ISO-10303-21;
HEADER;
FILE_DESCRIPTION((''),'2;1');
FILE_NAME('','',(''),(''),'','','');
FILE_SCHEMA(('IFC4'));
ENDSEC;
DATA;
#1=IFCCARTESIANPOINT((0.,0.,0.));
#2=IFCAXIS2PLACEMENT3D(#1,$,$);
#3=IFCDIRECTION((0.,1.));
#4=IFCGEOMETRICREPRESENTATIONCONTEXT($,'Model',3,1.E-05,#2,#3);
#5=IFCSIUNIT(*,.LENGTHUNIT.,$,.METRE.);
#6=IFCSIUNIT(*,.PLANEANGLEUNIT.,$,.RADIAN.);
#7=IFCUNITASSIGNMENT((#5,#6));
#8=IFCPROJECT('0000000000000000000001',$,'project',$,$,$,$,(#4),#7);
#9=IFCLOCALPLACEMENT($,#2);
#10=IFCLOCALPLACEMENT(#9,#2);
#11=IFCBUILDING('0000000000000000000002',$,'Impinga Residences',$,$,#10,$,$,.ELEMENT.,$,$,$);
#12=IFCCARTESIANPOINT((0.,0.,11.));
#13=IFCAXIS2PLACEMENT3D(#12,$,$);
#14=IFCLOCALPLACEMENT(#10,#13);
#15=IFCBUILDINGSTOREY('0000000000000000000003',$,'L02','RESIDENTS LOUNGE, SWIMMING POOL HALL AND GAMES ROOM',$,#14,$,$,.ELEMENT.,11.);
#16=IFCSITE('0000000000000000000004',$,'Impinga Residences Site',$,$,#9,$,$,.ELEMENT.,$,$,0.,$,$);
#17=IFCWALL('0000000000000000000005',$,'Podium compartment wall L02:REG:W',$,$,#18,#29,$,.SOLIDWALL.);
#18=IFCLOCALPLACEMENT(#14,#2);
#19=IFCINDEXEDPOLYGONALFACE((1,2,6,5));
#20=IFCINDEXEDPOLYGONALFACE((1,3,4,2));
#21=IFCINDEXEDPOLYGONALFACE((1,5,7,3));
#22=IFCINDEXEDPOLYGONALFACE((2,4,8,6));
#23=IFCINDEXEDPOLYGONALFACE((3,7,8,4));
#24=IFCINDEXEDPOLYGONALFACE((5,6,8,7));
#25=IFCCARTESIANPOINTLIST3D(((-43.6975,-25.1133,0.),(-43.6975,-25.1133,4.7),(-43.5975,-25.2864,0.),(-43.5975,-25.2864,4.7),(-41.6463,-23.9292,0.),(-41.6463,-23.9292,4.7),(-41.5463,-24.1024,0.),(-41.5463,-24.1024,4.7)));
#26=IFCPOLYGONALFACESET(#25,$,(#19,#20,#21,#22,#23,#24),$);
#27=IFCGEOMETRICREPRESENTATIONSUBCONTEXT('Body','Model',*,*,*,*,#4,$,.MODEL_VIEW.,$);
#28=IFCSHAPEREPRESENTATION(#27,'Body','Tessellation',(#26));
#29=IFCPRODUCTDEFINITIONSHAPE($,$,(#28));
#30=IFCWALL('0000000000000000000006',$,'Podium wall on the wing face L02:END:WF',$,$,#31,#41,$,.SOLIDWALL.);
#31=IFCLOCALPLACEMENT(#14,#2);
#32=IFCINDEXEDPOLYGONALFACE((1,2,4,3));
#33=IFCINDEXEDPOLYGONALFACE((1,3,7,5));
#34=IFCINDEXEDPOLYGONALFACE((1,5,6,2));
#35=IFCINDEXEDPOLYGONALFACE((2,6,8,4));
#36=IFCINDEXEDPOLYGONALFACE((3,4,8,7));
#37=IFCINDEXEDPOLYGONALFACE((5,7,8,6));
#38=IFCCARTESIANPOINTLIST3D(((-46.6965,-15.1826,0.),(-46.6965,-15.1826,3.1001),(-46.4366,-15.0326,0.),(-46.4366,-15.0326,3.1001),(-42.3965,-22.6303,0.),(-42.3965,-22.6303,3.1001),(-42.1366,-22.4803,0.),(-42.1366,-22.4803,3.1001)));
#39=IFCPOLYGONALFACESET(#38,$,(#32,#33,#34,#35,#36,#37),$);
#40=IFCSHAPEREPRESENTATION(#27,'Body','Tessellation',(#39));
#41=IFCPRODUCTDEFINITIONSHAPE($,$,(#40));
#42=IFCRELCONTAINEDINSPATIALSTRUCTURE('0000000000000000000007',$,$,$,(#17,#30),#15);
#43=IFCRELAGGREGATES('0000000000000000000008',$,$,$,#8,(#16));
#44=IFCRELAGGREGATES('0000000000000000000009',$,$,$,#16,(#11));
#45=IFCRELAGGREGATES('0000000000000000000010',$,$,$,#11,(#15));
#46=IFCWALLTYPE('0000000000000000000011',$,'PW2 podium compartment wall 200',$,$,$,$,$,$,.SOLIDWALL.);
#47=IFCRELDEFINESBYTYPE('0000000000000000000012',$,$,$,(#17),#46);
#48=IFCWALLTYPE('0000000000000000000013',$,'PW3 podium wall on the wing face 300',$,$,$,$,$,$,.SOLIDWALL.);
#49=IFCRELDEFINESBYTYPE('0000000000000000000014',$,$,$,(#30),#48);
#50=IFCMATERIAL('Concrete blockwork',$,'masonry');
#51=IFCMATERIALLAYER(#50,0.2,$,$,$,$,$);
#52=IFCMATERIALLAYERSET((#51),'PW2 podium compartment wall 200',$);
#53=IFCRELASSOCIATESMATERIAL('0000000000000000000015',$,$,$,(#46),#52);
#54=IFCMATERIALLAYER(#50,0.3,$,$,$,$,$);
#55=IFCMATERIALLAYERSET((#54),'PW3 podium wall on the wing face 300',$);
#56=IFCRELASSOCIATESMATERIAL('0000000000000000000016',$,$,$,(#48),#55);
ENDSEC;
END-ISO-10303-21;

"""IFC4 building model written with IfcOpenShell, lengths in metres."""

from ifc_helpers import new_model, si_unit, direction, frame, frame_2d, origin, place, context, subcontext, project, spatial, rectangle, extrude, material, layer, layer_set, type_object, element, save


model = new_model("IFC4")

# Units and contexts
model_context = context("Model", 3, precision=1e-05, world=origin(), true_north=direction((0.0, 1.0)))
body_context = subcontext(model_context, "Body", "Model", "MODEL_VIEW")
ifc_project = project(units=[si_unit("LENGTHUNIT", "METRE"), si_unit("PLANEANGLEUNIT", "RADIAN")], contexts=[model_context])

# Site, building, storey
site_placement = place(None, origin())
site = spatial("IfcSite", under=ifc_project, at=site_placement, Name="Impinga Residences Site", CompositionType="ELEMENT", RefElevation=0.0)
building_placement = place(site_placement, origin())
building = spatial("IfcBuilding", under=site, at=building_placement, Name="Impinga Residences", CompositionType="ELEMENT")
storey_placement = place(building_placement, frame((0.0, 0.0, 11.0)))
storey = spatial("IfcBuildingStorey", under=building, at=storey_placement, Name="L02", Description="RESIDENTS LOUNGE, SWIMMING POOL HALL AND GAMES ROOM", CompositionType="ELEMENT", Elevation=11.0)

# Walls
ifc_material_1 = material(Name="Concrete blockwork", Category="masonry")
ifc_layer_1 = layer(ifc_material_1, 0.2)
ifc_layer_set_1 = layer_set([ifc_layer_1], Name="PW2 podium compartment wall 200")
wall_type_1 = type_object("IfcWallType", Name="PW2 podium compartment wall 200", PredefinedType="SOLIDWALL", material=ifc_layer_set_1)
wall_1_placement = place(storey_placement, frame((-41.5964, -24.0159, 0.0), z_axis=(0.0, 0.0, 1.0), x_axis=(-0.866065, -0.499931, 0.0)))
element("IfcWall", 1, at=wall_1_placement, inside=storey, type_object=wall_type_1, Name="Podium compartment wall L02:REG:W", PredefinedType="SOLIDWALL", context=body_context, shape_type="SweptSolid", body=[
    extrude(rectangle(XDim=2.3684, YDim=0.2, at=frame_2d((1.1841, 0.0))), origin(), (0.0, 0.0, 1.0), 4.7),
])
ifc_layer_2 = layer(ifc_material_1, 0.3)
ifc_layer_set_2 = layer_set([ifc_layer_2], Name="PW3 podium wall on the wing face 300")
wall_type_2 = type_object("IfcWallType", Name="PW3 podium wall on the wing face 300", PredefinedType="SOLIDWALL", material=ifc_layer_set_2)
wall_2_placement = place(storey_placement, frame((-42.2666, -22.5552, 0.0), z_axis=(0.0, 0.0, 1.0), x_axis=(-0.500008, 0.866021, 0.0)))
element("IfcWall", 2, at=wall_2_placement, inside=storey, type_object=wall_type_2, Name="Podium wall on the wing face L02:END:WF", PredefinedType="SOLIDWALL", context=body_context, shape_type="SweptSolid", body=[
    extrude(rectangle(XDim=8.5999, YDim=0.3, at=frame_2d((4.2998, 0.0))), origin(), (0.0, 0.0, 1.0), 3.1001),
])

save(model, "model.ifc")
